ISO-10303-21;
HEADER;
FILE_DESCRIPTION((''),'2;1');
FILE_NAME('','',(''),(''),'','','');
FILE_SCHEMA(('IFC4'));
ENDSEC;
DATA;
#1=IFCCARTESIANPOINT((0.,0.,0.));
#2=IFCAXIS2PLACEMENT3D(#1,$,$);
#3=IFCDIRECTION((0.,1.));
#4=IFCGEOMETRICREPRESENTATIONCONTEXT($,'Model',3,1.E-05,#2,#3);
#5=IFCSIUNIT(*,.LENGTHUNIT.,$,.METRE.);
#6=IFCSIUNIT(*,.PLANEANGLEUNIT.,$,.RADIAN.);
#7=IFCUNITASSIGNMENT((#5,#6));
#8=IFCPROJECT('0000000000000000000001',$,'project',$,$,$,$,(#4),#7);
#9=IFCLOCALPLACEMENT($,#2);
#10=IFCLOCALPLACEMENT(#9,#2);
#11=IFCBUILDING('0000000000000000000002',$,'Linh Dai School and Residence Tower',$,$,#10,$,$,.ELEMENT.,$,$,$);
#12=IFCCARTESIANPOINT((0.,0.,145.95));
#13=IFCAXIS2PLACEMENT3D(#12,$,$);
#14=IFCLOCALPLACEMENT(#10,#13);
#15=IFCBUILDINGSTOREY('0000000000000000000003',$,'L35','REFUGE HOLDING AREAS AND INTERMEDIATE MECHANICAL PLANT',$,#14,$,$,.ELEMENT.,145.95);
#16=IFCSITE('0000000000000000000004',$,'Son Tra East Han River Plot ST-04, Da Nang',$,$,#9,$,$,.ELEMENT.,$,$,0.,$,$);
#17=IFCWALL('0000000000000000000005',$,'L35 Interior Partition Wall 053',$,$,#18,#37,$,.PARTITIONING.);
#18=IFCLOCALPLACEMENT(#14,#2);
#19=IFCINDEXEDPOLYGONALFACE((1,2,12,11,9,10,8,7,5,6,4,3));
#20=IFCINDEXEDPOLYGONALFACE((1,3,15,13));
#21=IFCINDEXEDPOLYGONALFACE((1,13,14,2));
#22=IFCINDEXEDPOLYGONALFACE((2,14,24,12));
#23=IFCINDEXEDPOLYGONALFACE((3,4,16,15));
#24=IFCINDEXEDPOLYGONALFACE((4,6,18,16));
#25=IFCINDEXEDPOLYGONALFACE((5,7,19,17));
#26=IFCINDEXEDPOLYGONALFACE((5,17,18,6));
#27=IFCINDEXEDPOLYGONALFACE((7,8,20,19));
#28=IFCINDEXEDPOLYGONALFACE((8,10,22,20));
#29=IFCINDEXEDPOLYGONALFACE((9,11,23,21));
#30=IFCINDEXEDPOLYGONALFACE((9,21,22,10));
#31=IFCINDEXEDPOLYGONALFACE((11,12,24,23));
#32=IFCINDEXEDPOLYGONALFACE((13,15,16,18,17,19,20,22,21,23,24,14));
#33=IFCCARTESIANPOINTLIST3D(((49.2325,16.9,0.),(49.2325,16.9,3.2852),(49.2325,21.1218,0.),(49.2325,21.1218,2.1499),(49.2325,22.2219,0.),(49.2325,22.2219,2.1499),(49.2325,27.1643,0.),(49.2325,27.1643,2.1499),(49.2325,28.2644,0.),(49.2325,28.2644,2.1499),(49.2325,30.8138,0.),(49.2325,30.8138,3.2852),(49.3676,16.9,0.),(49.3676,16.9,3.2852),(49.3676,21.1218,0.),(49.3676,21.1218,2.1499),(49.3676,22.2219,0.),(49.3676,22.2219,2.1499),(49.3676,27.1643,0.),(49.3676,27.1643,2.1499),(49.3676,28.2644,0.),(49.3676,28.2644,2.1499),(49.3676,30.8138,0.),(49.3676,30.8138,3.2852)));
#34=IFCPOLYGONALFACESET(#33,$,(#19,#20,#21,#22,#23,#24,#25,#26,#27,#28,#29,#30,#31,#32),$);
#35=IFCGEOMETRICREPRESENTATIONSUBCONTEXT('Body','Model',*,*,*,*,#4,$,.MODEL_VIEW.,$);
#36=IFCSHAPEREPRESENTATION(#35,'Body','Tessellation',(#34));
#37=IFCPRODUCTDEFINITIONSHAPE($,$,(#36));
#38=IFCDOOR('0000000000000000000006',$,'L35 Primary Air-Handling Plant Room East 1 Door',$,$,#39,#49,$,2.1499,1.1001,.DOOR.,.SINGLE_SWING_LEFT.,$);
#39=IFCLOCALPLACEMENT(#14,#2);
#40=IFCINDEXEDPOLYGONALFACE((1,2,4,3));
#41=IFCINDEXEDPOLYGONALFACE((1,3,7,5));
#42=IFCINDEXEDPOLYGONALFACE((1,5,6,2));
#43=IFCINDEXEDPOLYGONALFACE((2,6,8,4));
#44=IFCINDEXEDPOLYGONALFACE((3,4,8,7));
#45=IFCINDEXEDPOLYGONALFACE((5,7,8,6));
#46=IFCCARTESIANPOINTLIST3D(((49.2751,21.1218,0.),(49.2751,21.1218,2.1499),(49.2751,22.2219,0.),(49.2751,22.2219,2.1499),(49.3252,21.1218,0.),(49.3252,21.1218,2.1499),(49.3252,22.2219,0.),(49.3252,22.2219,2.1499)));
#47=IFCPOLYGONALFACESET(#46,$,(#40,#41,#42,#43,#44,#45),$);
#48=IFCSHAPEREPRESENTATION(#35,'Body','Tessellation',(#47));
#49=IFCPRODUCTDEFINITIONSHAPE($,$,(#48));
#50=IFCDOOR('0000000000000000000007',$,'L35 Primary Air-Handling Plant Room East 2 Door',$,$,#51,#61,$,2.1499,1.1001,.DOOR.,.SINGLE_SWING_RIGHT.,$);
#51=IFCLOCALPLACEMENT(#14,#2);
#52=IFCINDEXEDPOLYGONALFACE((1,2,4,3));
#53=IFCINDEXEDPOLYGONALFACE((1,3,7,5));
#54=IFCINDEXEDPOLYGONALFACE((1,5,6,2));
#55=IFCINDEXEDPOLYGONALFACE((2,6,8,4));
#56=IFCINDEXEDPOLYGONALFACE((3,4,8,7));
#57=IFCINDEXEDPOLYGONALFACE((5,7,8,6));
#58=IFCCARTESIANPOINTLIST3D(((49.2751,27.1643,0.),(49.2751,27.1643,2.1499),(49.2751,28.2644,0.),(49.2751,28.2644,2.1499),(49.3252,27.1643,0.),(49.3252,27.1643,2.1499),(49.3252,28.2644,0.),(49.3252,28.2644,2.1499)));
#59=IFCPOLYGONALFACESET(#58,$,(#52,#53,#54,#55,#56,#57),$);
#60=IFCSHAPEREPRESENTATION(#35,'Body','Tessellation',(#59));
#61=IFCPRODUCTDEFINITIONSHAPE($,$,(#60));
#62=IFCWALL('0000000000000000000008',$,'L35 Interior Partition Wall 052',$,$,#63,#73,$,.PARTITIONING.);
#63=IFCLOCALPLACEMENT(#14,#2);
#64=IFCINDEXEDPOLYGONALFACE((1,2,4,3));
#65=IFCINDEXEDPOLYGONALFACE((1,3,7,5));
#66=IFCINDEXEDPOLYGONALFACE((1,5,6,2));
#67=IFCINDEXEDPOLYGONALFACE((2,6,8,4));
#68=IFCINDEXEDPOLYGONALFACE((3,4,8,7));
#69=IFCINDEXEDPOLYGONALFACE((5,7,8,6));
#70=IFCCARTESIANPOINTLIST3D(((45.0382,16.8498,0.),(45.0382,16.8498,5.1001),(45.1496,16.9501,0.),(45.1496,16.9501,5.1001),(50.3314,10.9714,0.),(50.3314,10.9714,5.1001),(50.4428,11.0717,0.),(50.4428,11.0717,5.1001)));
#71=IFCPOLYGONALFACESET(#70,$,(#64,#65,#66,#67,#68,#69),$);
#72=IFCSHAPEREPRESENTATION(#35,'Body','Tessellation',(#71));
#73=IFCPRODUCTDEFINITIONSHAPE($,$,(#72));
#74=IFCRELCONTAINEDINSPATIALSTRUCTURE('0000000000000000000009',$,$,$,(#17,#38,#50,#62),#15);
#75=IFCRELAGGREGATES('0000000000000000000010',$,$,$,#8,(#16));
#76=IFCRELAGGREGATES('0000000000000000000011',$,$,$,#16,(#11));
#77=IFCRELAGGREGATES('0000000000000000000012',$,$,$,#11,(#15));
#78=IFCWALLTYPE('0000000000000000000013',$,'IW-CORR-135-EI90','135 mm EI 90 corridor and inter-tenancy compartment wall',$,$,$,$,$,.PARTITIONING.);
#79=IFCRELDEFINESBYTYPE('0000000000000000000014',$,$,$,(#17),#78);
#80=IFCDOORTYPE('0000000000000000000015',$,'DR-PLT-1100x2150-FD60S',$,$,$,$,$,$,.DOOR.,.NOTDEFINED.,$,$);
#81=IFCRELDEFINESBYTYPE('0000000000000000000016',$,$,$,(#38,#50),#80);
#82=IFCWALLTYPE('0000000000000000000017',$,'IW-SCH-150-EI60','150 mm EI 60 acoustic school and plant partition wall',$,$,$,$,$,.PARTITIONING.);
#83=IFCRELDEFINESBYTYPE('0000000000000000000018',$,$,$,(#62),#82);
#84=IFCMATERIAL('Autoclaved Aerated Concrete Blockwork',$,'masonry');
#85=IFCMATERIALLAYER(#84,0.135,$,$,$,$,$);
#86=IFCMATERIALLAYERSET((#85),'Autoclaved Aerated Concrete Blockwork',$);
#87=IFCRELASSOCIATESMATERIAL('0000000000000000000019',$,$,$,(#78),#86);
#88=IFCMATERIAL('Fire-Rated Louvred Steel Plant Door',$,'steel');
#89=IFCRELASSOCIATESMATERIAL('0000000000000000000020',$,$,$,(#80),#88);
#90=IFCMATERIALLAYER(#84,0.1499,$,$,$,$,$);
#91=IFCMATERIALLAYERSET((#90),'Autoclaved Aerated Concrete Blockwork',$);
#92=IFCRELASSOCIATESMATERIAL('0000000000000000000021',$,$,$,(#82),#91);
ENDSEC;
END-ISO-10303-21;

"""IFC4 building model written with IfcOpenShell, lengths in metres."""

from ifc_helpers import new_model, si_unit, direction, frame, frame_2d, origin, origin_2d, place, context, subcontext, project, spatial, rectangle, extrude, source, transform, mapped, material, layer, layer_set, type_object, element, fill, save


model = new_model("IFC4")

# Units and contexts
model_context = context("Model", 3, precision=1e-05, world=origin(), true_north=direction((0.0, 1.0)))
body_context = subcontext(model_context, "Body", "Model", "MODEL_VIEW")
ifc_project = project(units=[si_unit("LENGTHUNIT", "METRE"), si_unit("PLANEANGLEUNIT", "RADIAN")], contexts=[model_context])

# Site, building, storey
site_placement = place(None, origin())
site = spatial("IfcSite", under=ifc_project, at=site_placement, Name="Son Tra East Han River Plot ST-04, Da Nang", CompositionType="ELEMENT", RefElevation=0.0)
building_placement = place(site_placement, origin())
building = spatial("IfcBuilding", under=site, at=building_placement, Name="Linh Dai School and Residence Tower", CompositionType="ELEMENT")
storey_placement = place(building_placement, frame((0.0, 0.0, 145.95)))
storey = spatial("IfcBuildingStorey", under=building, at=storey_placement, Name="L35", Description="REFUGE HOLDING AREAS AND INTERMEDIATE MECHANICAL PLANT", CompositionType="ELEMENT", Elevation=145.95)

# Wall, openings, doors
ifc_material_1 = material(Name="Autoclaved Aerated Concrete Blockwork", Category="masonry")
ifc_layer_1 = layer(ifc_material_1, 0.135)
ifc_layer_set_1 = layer_set([ifc_layer_1], Name="Autoclaved Aerated Concrete Blockwork")
wall_type_1 = type_object("IfcWallType", Name="IW-CORR-135-EI90", Description="135 mm EI 90 corridor and inter-tenancy compartment wall", PredefinedType="PARTITIONING", material=ifc_layer_set_1)
wall_1_placement = place(storey_placement, frame((49.3, 16.8999, 0.0), z_axis=(0.0, 0.0, 1.0), x_axis=(0.0, 1.0, 0.0)))
wall_1 = element("IfcWall", 1, at=wall_1_placement, inside=storey, type_object=wall_type_1, Name="L35 Interior Partition Wall 053", PredefinedType="PARTITIONING", context=body_context, shape_type="SweptSolid", body=[
    extrude(rectangle(XDim=13.9138, YDim=0.135, at=frame_2d((6.957, 0.0))), origin(), (0.0, 0.0, 1.0), 3.2852),
])
opening_1_placement = place(wall_1_placement, frame((4.2219, 0.0, 0.0)))
opening_1 = element("IfcOpeningElement", 2, at=opening_1_placement, cuts=wall_1, PredefinedType="OPENING", context=body_context, shape_type="SweptSolid", body=[
    extrude(rectangle(XDim=1.1001, YDim=2.1499, at=origin_2d()), frame((0.55, 0.0776, 1.075), z_axis=(0.0, -1.0, 0.0), x_axis=(1.0, 0.0, 0.0)), (0.0, 0.0, 1.0), 0.155),
])
opening_2_placement = place(wall_1_placement, frame((10.2644, 0.0, 0.0)))
opening_2 = element("IfcOpeningElement", 3, at=opening_2_placement, cuts=wall_1, PredefinedType="OPENING", context=body_context, shape_type="SweptSolid", body=[
    extrude(rectangle(XDim=1.1001, YDim=2.1499, at=origin_2d()), frame((0.55, 0.0776, 1.075), z_axis=(0.0, -1.0, 0.0), x_axis=(1.0, 0.0, 0.0)), (0.0, 0.0, 1.0), 0.155),
])
ifc_material_2 = material(Name="Fire-Rated Louvred Steel Plant Door", Category="steel")
door_type = type_object("IfcDoorType", Name="DR-PLT-1100x2150-FD60S", OperationType="NOTDEFINED", PredefinedType="DOOR", material=ifc_material_2)
shared_shape_1 = source(origin(), body_context, "Body", "SweptSolid", [
    extrude(rectangle(XDim=1.1001, YDim=2.1499, at=origin_2d()), frame((0.55, 0.0249, 1.075), z_axis=(0.0, -1.0, 0.0), x_axis=(1.0, 0.0, 0.0)), (0.0, 0.0, 1.0), 0.05),
])
door_1_placement = place(opening_1_placement, origin())
door_1 = element("IfcDoor", 4, at=door_1_placement, inside=storey, type_object=door_type, Name="L35 Primary Air-Handling Plant Room East 1 Door", OperationType="SINGLE_SWING_LEFT", OverallHeight=2.1499, OverallWidth=1.1001, PredefinedType="DOOR", context=body_context, shape_type="MappedRepresentation", body=[
    mapped(shared_shape_1, transform((0.0, 0.0, 0.0), x_axis=(1.0, 0.0, 0.0), y_axis=(0.0, 1.0, 0.0), z_axis=(0.0, 0.0, 1.0), scale=1.0)),
])
fill(opening_1, door_1)
door_2_placement = place(opening_2_placement, origin())
door_2 = element("IfcDoor", 5, at=door_2_placement, inside=storey, type_object=door_type, Name="L35 Primary Air-Handling Plant Room East 2 Door", OperationType="SINGLE_SWING_RIGHT", OverallHeight=2.1499, OverallWidth=1.1001, PredefinedType="DOOR", context=body_context, shape_type="MappedRepresentation", body=[
    mapped(shared_shape_1, transform((0.0, 0.0, 0.0), x_axis=(1.0, 0.0, 0.0), y_axis=(0.0, 1.0, 0.0), z_axis=(0.0, 0.0, 1.0), scale=1.0)),
])
fill(opening_2, door_2)

# Wall
ifc_layer_2 = layer(ifc_material_1, 0.1499)
ifc_layer_set_2 = layer_set([ifc_layer_2], Name="Autoclaved Aerated Concrete Blockwork")
wall_type_2 = type_object("IfcWallType", Name="IW-SCH-150-EI60", Description="150 mm EI 60 acoustic school and plant partition wall", PredefinedType="PARTITIONING", material=ifc_layer_set_2)
wall_2_placement = place(storey_placement, frame((45.094, 16.8999, 0.0), z_axis=(0.0, 0.0, 1.0), x_axis=(0.669149, -0.743128, 0.0)))
element("IfcWall", 6, at=wall_2_placement, inside=storey, type_object=wall_type_2, Name="L35 Interior Partition Wall 052", PredefinedType="PARTITIONING", context=body_context, shape_type="SweptSolid", body=[
    extrude(rectangle(XDim=7.9104, YDim=0.1499, at=frame_2d((3.9551, 0.0))), origin(), (0.0, 0.0, 1.0), 5.1001),
])

save(model, "model.ifc")
